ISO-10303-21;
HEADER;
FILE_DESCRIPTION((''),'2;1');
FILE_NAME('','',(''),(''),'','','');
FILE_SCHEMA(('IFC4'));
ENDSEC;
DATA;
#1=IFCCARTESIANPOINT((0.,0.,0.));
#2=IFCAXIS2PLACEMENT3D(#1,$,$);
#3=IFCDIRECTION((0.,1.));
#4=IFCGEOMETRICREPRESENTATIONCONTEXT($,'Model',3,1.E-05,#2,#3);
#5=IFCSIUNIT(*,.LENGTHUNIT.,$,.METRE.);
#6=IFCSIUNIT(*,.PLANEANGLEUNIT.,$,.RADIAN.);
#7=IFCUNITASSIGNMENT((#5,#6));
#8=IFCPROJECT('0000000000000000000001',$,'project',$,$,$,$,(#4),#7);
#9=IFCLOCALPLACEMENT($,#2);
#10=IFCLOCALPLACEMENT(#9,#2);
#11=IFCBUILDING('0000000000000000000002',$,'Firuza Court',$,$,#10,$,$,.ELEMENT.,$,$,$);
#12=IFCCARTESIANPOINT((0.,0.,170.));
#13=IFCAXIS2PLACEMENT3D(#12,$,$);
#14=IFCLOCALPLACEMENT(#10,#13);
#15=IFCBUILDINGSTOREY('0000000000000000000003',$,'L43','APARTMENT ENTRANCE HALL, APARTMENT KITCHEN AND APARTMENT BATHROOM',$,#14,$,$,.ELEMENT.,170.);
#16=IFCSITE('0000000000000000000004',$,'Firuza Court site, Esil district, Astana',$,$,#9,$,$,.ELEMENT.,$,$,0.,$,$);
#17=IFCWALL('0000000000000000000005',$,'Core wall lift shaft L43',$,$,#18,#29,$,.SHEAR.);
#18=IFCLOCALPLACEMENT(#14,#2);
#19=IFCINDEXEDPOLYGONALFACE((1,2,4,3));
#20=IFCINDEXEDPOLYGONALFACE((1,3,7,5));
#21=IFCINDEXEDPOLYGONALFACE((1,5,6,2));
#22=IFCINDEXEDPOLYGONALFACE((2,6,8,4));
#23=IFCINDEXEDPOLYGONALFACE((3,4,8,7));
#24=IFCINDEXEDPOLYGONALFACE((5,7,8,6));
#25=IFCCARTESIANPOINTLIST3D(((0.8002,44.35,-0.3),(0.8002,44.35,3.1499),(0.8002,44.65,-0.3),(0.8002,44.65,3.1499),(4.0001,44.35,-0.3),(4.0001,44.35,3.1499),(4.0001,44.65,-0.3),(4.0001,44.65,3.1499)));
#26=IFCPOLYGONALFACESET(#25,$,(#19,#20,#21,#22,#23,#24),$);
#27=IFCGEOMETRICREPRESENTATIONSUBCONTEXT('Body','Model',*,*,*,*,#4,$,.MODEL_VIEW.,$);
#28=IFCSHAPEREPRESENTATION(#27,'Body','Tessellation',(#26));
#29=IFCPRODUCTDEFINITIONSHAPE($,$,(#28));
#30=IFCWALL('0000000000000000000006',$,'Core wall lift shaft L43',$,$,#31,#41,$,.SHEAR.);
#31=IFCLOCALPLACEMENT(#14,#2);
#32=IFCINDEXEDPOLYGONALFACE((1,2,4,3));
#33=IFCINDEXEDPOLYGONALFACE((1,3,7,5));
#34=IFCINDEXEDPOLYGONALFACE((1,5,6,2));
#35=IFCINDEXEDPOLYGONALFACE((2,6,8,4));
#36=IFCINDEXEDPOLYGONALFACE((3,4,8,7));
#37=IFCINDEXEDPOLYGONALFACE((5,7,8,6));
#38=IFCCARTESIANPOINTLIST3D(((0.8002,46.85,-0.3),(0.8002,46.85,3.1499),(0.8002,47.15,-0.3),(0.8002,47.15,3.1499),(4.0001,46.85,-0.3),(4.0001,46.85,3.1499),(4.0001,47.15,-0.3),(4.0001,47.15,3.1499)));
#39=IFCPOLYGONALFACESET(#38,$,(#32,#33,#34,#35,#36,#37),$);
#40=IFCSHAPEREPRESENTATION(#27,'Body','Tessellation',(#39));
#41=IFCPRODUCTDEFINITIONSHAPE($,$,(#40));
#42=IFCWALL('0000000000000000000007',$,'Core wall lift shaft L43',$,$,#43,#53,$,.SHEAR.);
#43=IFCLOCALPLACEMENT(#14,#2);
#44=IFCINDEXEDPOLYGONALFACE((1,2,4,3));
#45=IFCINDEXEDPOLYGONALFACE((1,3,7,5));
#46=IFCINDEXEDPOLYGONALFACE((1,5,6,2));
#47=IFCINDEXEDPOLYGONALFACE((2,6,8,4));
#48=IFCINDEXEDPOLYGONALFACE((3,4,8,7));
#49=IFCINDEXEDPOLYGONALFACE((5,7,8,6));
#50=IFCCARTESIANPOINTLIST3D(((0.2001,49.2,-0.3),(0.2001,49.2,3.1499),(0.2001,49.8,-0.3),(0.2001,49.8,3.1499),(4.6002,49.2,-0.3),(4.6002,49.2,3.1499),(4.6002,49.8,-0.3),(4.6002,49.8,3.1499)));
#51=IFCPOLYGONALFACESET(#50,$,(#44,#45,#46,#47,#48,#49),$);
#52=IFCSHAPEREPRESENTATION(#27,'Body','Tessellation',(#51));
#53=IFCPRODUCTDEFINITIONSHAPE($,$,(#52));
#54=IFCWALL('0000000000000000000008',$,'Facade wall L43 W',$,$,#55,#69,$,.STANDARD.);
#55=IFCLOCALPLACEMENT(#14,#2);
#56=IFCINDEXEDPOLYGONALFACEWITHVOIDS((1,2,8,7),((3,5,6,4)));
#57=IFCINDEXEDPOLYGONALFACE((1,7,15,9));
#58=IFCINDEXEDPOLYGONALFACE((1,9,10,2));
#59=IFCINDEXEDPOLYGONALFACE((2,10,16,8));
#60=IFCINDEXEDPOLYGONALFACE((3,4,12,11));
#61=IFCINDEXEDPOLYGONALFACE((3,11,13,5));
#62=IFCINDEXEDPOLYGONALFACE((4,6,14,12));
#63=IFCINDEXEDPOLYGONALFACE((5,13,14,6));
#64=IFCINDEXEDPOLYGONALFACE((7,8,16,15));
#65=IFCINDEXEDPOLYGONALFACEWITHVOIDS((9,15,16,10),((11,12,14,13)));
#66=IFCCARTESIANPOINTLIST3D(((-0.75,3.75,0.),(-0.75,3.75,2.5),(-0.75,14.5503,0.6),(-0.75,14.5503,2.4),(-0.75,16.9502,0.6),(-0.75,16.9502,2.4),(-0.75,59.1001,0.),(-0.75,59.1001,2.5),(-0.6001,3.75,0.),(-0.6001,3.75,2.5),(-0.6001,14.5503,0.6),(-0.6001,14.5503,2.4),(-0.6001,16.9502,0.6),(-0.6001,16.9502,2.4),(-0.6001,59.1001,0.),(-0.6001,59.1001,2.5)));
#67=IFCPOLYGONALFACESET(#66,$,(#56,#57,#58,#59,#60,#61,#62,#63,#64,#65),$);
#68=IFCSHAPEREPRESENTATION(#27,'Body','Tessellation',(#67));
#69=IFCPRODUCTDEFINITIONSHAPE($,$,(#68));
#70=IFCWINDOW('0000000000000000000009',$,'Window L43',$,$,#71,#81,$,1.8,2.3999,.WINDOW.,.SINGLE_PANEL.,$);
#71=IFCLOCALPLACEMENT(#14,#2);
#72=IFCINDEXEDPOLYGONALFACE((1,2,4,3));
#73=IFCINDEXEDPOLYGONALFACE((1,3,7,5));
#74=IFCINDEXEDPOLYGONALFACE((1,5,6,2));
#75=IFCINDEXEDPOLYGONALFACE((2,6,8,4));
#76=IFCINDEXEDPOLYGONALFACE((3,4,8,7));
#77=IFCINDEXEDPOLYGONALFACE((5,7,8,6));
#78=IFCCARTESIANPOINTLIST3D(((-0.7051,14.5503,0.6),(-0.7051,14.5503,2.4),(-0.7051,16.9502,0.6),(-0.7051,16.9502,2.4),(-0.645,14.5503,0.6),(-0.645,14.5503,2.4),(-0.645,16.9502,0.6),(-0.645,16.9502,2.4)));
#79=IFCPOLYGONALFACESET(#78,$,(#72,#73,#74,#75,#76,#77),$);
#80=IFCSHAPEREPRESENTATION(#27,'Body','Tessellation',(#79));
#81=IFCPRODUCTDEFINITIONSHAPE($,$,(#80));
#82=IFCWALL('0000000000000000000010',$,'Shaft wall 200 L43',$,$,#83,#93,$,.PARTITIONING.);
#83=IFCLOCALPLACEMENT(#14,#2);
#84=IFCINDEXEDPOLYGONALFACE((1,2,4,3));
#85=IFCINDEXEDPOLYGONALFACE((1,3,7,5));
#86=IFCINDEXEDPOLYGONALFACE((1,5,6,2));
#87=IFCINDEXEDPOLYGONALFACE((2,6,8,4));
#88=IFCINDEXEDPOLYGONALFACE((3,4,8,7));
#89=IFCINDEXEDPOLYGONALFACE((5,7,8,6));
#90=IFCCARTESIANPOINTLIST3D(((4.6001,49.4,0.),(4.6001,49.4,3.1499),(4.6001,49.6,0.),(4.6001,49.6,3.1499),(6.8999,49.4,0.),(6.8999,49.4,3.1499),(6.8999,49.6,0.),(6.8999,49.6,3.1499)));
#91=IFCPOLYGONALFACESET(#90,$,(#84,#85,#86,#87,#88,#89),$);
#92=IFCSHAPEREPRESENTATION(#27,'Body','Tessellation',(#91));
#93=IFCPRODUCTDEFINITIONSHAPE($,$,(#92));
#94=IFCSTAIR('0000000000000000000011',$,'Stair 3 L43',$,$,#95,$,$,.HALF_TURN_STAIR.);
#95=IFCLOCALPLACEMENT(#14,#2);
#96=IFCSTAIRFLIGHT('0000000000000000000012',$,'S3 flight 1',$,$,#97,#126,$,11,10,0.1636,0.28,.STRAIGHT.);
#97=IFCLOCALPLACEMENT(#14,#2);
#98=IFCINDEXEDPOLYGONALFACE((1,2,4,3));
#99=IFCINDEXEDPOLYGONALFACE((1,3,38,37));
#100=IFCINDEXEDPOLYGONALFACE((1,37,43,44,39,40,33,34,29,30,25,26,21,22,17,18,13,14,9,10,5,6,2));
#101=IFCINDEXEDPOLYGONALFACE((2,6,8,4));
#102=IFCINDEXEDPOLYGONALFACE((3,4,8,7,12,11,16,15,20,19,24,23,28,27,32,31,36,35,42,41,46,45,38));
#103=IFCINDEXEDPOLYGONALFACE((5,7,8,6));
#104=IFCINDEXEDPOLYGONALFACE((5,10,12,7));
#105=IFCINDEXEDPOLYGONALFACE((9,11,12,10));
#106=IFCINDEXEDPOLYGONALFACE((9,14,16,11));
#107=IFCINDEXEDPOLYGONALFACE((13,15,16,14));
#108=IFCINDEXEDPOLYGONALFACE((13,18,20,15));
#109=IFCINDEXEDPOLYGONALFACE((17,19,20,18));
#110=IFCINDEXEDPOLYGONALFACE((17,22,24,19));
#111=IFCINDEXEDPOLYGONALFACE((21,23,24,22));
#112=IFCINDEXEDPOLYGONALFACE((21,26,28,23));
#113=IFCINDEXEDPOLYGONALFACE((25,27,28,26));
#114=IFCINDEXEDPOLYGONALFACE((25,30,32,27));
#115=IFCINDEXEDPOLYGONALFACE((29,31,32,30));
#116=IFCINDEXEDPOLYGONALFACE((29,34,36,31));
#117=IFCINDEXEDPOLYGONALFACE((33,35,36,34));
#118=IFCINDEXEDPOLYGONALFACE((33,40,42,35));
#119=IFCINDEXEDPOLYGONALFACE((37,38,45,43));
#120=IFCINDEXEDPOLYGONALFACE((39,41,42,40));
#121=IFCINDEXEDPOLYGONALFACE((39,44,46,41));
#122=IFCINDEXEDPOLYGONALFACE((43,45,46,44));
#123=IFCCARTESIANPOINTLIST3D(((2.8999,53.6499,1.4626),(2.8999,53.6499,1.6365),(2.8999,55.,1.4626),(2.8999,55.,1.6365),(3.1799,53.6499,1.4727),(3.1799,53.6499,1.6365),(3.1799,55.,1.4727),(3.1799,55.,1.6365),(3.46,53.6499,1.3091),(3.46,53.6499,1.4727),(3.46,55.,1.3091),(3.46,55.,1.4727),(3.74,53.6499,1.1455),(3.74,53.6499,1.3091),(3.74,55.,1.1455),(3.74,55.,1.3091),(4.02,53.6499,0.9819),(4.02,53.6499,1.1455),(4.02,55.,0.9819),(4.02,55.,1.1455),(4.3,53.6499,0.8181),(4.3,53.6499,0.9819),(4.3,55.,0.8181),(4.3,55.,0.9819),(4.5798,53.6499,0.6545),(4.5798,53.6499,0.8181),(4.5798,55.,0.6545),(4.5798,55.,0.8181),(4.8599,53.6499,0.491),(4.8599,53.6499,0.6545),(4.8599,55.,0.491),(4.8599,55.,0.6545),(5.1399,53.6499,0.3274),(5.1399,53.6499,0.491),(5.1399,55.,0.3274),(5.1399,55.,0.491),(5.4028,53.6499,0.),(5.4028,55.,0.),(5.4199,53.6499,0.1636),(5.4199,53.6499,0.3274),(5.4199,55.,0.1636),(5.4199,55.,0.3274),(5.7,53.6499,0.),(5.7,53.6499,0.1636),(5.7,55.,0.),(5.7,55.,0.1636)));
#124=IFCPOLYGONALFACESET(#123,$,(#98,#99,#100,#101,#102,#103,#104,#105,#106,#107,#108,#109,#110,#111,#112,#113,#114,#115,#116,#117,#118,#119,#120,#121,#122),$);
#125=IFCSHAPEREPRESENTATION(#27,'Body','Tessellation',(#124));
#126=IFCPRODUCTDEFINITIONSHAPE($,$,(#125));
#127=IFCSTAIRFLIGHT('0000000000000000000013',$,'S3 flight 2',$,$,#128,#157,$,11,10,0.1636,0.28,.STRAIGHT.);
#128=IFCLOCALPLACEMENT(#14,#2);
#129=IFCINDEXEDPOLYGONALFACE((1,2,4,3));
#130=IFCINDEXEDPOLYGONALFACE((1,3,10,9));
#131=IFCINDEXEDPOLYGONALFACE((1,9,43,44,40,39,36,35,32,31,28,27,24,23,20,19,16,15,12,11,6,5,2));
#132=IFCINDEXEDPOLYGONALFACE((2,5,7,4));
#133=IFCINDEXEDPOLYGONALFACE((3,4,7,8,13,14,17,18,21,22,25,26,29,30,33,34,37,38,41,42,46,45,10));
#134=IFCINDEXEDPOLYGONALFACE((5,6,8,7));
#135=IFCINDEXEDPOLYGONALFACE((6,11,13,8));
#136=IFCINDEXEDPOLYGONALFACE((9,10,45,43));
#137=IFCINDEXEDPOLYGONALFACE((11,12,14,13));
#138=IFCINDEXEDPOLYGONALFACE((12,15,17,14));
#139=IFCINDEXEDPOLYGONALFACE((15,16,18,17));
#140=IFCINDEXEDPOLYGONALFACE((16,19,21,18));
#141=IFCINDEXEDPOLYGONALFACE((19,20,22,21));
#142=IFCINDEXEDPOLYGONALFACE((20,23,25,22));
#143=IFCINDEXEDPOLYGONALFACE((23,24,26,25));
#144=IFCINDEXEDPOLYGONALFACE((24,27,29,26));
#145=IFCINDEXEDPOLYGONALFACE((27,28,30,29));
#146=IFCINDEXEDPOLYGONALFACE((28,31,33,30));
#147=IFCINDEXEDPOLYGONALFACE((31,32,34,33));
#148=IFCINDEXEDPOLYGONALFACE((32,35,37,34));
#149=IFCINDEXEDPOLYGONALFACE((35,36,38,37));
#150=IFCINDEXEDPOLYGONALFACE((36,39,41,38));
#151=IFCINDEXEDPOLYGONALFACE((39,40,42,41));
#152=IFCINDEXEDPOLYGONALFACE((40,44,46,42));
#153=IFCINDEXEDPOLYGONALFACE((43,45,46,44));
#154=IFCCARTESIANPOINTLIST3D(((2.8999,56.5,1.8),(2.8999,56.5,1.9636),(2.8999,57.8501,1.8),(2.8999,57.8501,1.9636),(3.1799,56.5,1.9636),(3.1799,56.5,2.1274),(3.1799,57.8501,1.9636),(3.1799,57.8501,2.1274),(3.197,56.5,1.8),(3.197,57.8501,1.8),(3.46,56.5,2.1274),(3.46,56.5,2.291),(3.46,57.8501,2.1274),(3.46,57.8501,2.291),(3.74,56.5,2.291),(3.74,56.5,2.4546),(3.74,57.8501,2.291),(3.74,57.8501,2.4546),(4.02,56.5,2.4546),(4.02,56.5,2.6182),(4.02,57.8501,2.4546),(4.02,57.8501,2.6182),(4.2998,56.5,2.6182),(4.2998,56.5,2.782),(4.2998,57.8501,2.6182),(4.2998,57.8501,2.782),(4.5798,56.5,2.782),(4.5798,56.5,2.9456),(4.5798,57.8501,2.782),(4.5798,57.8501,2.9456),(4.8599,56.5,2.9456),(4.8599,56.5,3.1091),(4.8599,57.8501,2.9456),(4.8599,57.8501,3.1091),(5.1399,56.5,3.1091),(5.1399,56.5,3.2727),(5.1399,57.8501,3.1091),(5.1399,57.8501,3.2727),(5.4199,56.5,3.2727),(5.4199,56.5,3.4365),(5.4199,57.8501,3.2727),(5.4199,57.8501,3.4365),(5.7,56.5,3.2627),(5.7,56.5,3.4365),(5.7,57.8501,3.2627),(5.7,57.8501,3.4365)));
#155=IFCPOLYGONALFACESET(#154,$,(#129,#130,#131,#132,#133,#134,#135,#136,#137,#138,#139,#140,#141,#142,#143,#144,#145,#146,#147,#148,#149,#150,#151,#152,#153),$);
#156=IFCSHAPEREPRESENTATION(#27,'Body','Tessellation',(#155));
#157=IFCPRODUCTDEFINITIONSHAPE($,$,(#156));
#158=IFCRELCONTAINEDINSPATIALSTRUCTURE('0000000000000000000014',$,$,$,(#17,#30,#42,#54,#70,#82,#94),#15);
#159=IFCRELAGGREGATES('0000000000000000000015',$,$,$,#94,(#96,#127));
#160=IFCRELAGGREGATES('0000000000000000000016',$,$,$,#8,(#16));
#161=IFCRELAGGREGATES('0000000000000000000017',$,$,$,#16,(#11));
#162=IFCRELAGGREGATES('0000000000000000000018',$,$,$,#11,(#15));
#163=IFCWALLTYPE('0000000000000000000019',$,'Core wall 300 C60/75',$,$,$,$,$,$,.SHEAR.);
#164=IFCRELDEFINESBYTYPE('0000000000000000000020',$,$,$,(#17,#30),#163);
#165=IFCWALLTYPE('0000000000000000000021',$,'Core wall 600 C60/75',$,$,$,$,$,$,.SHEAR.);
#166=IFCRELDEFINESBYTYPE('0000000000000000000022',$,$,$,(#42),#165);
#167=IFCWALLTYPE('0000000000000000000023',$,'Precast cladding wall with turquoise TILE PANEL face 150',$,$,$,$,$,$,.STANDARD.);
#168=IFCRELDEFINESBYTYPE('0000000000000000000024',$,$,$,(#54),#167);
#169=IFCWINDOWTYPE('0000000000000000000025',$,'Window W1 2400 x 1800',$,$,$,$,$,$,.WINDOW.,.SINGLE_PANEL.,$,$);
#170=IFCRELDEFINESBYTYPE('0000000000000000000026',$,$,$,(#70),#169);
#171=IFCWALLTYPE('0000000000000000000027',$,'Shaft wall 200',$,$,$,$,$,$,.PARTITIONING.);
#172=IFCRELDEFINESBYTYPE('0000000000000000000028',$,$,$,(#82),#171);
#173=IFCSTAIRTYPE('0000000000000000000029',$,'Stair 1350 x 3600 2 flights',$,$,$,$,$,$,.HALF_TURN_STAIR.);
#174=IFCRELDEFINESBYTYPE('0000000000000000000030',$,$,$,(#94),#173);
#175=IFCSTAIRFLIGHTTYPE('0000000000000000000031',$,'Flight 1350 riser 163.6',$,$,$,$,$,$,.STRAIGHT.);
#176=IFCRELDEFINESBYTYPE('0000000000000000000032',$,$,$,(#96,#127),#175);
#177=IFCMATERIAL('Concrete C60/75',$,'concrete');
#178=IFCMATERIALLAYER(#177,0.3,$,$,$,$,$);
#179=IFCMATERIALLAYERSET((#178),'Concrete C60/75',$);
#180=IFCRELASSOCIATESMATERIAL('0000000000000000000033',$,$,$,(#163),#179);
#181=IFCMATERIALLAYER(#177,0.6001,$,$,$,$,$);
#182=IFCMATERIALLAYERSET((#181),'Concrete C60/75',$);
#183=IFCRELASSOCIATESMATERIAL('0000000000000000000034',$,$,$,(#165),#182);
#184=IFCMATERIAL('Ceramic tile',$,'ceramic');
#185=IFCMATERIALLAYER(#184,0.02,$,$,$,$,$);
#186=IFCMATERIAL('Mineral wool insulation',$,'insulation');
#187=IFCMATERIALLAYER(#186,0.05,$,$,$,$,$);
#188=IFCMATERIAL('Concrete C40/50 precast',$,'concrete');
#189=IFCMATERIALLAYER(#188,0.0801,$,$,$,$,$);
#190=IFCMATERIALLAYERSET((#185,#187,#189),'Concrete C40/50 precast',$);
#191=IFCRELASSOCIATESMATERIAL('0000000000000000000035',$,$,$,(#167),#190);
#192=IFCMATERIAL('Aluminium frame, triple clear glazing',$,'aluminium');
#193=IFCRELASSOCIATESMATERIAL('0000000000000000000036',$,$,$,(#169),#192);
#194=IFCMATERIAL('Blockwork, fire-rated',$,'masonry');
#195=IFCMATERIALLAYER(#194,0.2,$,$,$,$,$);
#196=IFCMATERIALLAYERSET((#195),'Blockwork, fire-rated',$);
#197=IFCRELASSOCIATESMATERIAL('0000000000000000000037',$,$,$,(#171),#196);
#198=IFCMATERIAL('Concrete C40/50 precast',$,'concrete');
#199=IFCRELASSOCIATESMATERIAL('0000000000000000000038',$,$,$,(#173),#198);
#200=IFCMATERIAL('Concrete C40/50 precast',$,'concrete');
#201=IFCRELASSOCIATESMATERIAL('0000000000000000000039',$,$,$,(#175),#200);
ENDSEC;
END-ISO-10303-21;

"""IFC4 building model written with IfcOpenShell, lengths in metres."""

from ifc_helpers import new_model, si_unit, direction, frame, frame_2d, origin, place, context, subcontext, project, spatial, polyline, rectangle, outline, extrude, material, layer, layer_set, type_object, element, fill, aggregate, save


model = new_model("IFC4")

# Units and contexts
model_context = context("Model", 3, precision=1e-05, world=origin(), true_north=direction((0.0, 1.0)))
body_context = subcontext(model_context, "Body", "Model", "MODEL_VIEW")
ifc_project = project(units=[si_unit("LENGTHUNIT", "METRE"), si_unit("PLANEANGLEUNIT", "RADIAN")], contexts=[model_context])

# Site, building, storey
site_placement = place(None, origin())
site = spatial("IfcSite", under=ifc_project, at=site_placement, Name="Firuza Court site, Esil district, Astana", CompositionType="ELEMENT", RefElevation=0.0)
building_placement = place(site_placement, origin())
building = spatial("IfcBuilding", under=site, at=building_placement, Name="Firuza Court", CompositionType="ELEMENT")
storey_placement = place(building_placement, frame((0.0, 0.0, 170.0)))
storey = spatial("IfcBuildingStorey", under=building, at=storey_placement, Name="L43", Description="APARTMENT ENTRANCE HALL, APARTMENT KITCHEN AND APARTMENT BATHROOM", CompositionType="ELEMENT", Elevation=170.0)

# Shared definitions
ifc_material_1 = material(Name="Concrete C60/75", Category="concrete")
ifc_layer_1 = layer(ifc_material_1, 0.3)
ifc_layer_set_1 = layer_set([ifc_layer_1], Name="Concrete C60/75")
wall_type_1 = type_object("IfcWallType", Name="Core wall 300 C60/75", PredefinedType="SHEAR", material=ifc_layer_set_1)

# Walls
for number, where, z_axis, x_axis, name in (
    (1, (0.8, 44.5, -0.3), (0.0, 0.0, 1.0), (1.0, 0.0, 0.0), "Core wall lift shaft L43"),
    (2, (0.8, 47.0, -0.3), (0.0, 0.0, 1.0), (1.0, 0.0, 0.0), "Core wall lift shaft L43"),
):
    element("IfcWall", number, at=place(storey_placement, frame(where, z_axis=z_axis, x_axis=x_axis)), inside=storey, type_object=wall_type_1, Name=name, PredefinedType="SHEAR", context=body_context, shape_type="SweptSolid", body=[
        extrude(rectangle(XDim=3.2, YDim=0.3, at=frame_2d((1.6001, 0.0))), origin(), (0.0, 0.0, 1.0), 3.45),
    ])
ifc_layer_2 = layer(ifc_material_1, 0.6001)
ifc_layer_set_2 = layer_set([ifc_layer_2], Name="Concrete C60/75")
wall_type_2 = type_object("IfcWallType", Name="Core wall 600 C60/75", PredefinedType="SHEAR", material=ifc_layer_set_2)
wall_1_placement = place(storey_placement, frame((0.2, 49.5, -0.3), z_axis=(0.0, 0.0, 1.0), x_axis=(1.0, 0.0, 0.0)))
element("IfcWall", 3, at=wall_1_placement, inside=storey, type_object=wall_type_2, Name="Core wall lift shaft L43", PredefinedType="SHEAR", context=body_context, shape_type="SweptSolid", body=[
    extrude(rectangle(XDim=4.4001, YDim=0.6001, at=frame_2d((2.2002, 0.0))), origin(), (0.0, 0.0, 1.0), 3.45),
])

# Wall, opening, window
ifc_material_2 = material(Name="Ceramic tile", Category="ceramic")
ifc_layer_3 = layer(ifc_material_2, 0.02)
ifc_material_3 = material(Name="Mineral wool insulation", Category="insulation")
ifc_layer_4 = layer(ifc_material_3, 0.05)
ifc_material_4 = material(Name="Concrete C40/50 precast", Category="concrete")
ifc_layer_5 = layer(ifc_material_4, 0.0801)
ifc_layer_set_3 = layer_set([ifc_layer_3, ifc_layer_4, ifc_layer_5], Name="Concrete C40/50 precast")
wall_type_3 = type_object("IfcWallType", Name="Precast cladding wall with turquoise TILE PANEL face 150", PredefinedType="STANDARD", material=ifc_layer_set_3)
wall_2_placement = place(storey_placement, frame((-0.675, 59.1001, 0.0), z_axis=(0.0, 0.0, 1.0), x_axis=(0.0, -1.0, 0.0)))
wall_2 = element("IfcWall", 4, at=wall_2_placement, inside=storey, type_object=wall_type_3, Name="Facade wall L43 W", PredefinedType="STANDARD", context=body_context, shape_type="SweptSolid", body=[
    extrude(rectangle(XDim=55.3501, YDim=0.1499, at=frame_2d((27.675, 0.0))), origin(), (0.0, 0.0, 1.0), 2.5),
])
opening_1_placement = place(wall_2_placement, frame((42.1499, 0.0, 0.6001)))
opening_1 = element("IfcOpeningElement", 5, at=opening_1_placement, cuts=wall_2, PredefinedType="OPENING", context=body_context, shape_type="SweptSolid", body=[
    extrude(rectangle(XDim=2.3999, YDim=1.8, at=frame_2d((1.2, 0.8999))), frame((0.0, 0.0869, 0.0), z_axis=(0.0, -1.0, 0.0), x_axis=(1.0, 0.0, 0.0)), (0.0, 0.0, 1.0), 0.1738),
])
ifc_material_5 = material(Name="Aluminium frame, triple clear glazing", Category="aluminium")
window_type = type_object("IfcWindowType", Name="Window W1 2400 x 1800", PartitioningType="SINGLE_PANEL", PredefinedType="WINDOW", material=ifc_material_5)
window_placement = place(opening_1_placement, origin())
window = element("IfcWindow", 6, at=window_placement, inside=storey, type_object=window_type, Name="Window L43", OverallHeight=1.8, OverallWidth=2.3999, PartitioningType="SINGLE_PANEL", PredefinedType="WINDOW", context=body_context, shape_type="SweptSolid", body=[
    extrude(rectangle(XDim=2.3999, YDim=1.8, at=frame_2d((1.2, 0.8999))), frame((0.0, 0.03, 0.0), z_axis=(0.0, -1.0, 0.0), x_axis=(1.0, 0.0, 0.0)), (0.0, 0.0, 1.0), 0.0601),
])
fill(opening_1, window)

# Wall
ifc_material_6 = material(Name="Blockwork, fire-rated", Category="masonry")
ifc_layer_6 = layer(ifc_material_6, 0.2)
ifc_layer_set_4 = layer_set([ifc_layer_6], Name="Blockwork, fire-rated")
wall_type_4 = type_object("IfcWallType", Name="Shaft wall 200", PredefinedType="PARTITIONING", material=ifc_layer_set_4)
wall_3_placement = place(storey_placement, frame((4.6001, 49.5, 0.0), z_axis=(0.0, 0.0, 1.0), x_axis=(1.0, 0.0, 0.0)))
element("IfcWall", 7, at=wall_3_placement, inside=storey, type_object=wall_type_4, Name="Shaft wall 200 L43", PredefinedType="PARTITIONING", context=body_context, shape_type="SweptSolid", body=[
    extrude(rectangle(XDim=2.2998, YDim=0.2, at=frame_2d((1.1499, 0.0))), origin(), (0.0, 0.0, 1.0), 3.1499),
])

# Stair, stair flights
ifc_material_7 = material(Name="Concrete C40/50 precast", Category="concrete")
stair_type = type_object("IfcStairType", Name="Stair 1350 x 3600 2 flights", PredefinedType="HALF_TURN_STAIR", material=ifc_material_7)
stair_placement = place(storey_placement, origin())
stair = element("IfcStair", 8, at=stair_placement, inside=storey, type_object=stair_type, Name="Stair 3 L43", PredefinedType="HALF_TURN_STAIR")
ifc_material_8 = material(Name="Concrete C40/50 precast", Category="concrete")
stair_flight_type = type_object("IfcStairFlightType", Name="Flight 1350 riser 163.6", PredefinedType="STRAIGHT", material=ifc_material_8)
stair_flight_1_placement = place(storey_placement, frame((5.7, 54.325, 0.0), z_axis=(0.0, 0.0, 1.0), x_axis=(-1.0, 0.0, 0.0)))
stair_flight_1 = element("IfcStairFlight", 9, at=stair_flight_1_placement, type_object=stair_flight_type, Name="S3 flight 1", NumberOfRisers=11, NumberOfTreads=10, PredefinedType="STRAIGHT", RiserHeight=0.1636, TreadLength=0.28, context=body_context, shape_type="SweptSolid", body=[
    extrude(outline(polyline([(0.0, 0.0), (0.0, 0.1636), (0.28, 0.1636), (0.28, 0.3274), (0.5601, 0.3274), (0.5601, 0.491), (0.8401, 0.491), (0.8401, 0.6545), (1.1201, 0.6545), (1.1201, 0.8181), (1.3999, 0.8181), (1.3999, 0.9819), (1.6799, 0.9819), (1.6799, 1.1455), (1.96, 1.1455), (1.96, 1.3091), (2.24, 1.3091), (2.24, 1.4727), (2.52, 1.4727), (2.52, 1.6365), (2.8, 1.6365), (2.8, 1.8), (2.8, 1.4626), (0.2971, 0.0), (0.0, 0.0)])), frame((0.0, 0.675, 0.0), z_axis=(0.0, -1.0, 0.0), x_axis=(1.0, 0.0, 0.0)), (0.0, 0.0, 1.0), 1.3501),
])
stair_flight_2_placement = place(storey_placement, frame((2.8999, 57.175, 1.8), z_axis=(0.0, 0.0, 1.0), x_axis=(1.0, 0.0, 0.0)))
stair_flight_2 = element("IfcStairFlight", 10, at=stair_flight_2_placement, type_object=stair_flight_type, Name="S3 flight 2", NumberOfRisers=11, NumberOfTreads=10, PredefinedType="STRAIGHT", RiserHeight=0.1636, TreadLength=0.28, context=body_context, shape_type="SweptSolid", body=[
    extrude(outline(polyline([(0.0, 0.0), (0.0, 0.1636), (0.28, 0.1636), (0.28, 0.3274), (0.5601, 0.3274), (0.5601, 0.491), (0.8401, 0.491), (0.8401, 0.6545), (1.1201, 0.6545), (1.1201, 0.8181), (1.3999, 0.8181), (1.3999, 0.9819), (1.6799, 0.9819), (1.6799, 1.1455), (1.96, 1.1455), (1.96, 1.3091), (2.24, 1.3091), (2.24, 1.4727), (2.52, 1.4727), (2.52, 1.6365), (2.8, 1.6365), (2.8, 1.8), (2.8, 1.4626), (0.2971, 0.0), (0.0, 0.0)])), frame((0.0, 0.675, 0.0), z_axis=(0.0, -1.0, 0.0), x_axis=(1.0, 0.0, 0.0)), (0.0, 0.0, 1.0), 1.3501),
])
aggregate(stair, [stair_flight_1, stair_flight_2])

save(model, "model.ifc")
